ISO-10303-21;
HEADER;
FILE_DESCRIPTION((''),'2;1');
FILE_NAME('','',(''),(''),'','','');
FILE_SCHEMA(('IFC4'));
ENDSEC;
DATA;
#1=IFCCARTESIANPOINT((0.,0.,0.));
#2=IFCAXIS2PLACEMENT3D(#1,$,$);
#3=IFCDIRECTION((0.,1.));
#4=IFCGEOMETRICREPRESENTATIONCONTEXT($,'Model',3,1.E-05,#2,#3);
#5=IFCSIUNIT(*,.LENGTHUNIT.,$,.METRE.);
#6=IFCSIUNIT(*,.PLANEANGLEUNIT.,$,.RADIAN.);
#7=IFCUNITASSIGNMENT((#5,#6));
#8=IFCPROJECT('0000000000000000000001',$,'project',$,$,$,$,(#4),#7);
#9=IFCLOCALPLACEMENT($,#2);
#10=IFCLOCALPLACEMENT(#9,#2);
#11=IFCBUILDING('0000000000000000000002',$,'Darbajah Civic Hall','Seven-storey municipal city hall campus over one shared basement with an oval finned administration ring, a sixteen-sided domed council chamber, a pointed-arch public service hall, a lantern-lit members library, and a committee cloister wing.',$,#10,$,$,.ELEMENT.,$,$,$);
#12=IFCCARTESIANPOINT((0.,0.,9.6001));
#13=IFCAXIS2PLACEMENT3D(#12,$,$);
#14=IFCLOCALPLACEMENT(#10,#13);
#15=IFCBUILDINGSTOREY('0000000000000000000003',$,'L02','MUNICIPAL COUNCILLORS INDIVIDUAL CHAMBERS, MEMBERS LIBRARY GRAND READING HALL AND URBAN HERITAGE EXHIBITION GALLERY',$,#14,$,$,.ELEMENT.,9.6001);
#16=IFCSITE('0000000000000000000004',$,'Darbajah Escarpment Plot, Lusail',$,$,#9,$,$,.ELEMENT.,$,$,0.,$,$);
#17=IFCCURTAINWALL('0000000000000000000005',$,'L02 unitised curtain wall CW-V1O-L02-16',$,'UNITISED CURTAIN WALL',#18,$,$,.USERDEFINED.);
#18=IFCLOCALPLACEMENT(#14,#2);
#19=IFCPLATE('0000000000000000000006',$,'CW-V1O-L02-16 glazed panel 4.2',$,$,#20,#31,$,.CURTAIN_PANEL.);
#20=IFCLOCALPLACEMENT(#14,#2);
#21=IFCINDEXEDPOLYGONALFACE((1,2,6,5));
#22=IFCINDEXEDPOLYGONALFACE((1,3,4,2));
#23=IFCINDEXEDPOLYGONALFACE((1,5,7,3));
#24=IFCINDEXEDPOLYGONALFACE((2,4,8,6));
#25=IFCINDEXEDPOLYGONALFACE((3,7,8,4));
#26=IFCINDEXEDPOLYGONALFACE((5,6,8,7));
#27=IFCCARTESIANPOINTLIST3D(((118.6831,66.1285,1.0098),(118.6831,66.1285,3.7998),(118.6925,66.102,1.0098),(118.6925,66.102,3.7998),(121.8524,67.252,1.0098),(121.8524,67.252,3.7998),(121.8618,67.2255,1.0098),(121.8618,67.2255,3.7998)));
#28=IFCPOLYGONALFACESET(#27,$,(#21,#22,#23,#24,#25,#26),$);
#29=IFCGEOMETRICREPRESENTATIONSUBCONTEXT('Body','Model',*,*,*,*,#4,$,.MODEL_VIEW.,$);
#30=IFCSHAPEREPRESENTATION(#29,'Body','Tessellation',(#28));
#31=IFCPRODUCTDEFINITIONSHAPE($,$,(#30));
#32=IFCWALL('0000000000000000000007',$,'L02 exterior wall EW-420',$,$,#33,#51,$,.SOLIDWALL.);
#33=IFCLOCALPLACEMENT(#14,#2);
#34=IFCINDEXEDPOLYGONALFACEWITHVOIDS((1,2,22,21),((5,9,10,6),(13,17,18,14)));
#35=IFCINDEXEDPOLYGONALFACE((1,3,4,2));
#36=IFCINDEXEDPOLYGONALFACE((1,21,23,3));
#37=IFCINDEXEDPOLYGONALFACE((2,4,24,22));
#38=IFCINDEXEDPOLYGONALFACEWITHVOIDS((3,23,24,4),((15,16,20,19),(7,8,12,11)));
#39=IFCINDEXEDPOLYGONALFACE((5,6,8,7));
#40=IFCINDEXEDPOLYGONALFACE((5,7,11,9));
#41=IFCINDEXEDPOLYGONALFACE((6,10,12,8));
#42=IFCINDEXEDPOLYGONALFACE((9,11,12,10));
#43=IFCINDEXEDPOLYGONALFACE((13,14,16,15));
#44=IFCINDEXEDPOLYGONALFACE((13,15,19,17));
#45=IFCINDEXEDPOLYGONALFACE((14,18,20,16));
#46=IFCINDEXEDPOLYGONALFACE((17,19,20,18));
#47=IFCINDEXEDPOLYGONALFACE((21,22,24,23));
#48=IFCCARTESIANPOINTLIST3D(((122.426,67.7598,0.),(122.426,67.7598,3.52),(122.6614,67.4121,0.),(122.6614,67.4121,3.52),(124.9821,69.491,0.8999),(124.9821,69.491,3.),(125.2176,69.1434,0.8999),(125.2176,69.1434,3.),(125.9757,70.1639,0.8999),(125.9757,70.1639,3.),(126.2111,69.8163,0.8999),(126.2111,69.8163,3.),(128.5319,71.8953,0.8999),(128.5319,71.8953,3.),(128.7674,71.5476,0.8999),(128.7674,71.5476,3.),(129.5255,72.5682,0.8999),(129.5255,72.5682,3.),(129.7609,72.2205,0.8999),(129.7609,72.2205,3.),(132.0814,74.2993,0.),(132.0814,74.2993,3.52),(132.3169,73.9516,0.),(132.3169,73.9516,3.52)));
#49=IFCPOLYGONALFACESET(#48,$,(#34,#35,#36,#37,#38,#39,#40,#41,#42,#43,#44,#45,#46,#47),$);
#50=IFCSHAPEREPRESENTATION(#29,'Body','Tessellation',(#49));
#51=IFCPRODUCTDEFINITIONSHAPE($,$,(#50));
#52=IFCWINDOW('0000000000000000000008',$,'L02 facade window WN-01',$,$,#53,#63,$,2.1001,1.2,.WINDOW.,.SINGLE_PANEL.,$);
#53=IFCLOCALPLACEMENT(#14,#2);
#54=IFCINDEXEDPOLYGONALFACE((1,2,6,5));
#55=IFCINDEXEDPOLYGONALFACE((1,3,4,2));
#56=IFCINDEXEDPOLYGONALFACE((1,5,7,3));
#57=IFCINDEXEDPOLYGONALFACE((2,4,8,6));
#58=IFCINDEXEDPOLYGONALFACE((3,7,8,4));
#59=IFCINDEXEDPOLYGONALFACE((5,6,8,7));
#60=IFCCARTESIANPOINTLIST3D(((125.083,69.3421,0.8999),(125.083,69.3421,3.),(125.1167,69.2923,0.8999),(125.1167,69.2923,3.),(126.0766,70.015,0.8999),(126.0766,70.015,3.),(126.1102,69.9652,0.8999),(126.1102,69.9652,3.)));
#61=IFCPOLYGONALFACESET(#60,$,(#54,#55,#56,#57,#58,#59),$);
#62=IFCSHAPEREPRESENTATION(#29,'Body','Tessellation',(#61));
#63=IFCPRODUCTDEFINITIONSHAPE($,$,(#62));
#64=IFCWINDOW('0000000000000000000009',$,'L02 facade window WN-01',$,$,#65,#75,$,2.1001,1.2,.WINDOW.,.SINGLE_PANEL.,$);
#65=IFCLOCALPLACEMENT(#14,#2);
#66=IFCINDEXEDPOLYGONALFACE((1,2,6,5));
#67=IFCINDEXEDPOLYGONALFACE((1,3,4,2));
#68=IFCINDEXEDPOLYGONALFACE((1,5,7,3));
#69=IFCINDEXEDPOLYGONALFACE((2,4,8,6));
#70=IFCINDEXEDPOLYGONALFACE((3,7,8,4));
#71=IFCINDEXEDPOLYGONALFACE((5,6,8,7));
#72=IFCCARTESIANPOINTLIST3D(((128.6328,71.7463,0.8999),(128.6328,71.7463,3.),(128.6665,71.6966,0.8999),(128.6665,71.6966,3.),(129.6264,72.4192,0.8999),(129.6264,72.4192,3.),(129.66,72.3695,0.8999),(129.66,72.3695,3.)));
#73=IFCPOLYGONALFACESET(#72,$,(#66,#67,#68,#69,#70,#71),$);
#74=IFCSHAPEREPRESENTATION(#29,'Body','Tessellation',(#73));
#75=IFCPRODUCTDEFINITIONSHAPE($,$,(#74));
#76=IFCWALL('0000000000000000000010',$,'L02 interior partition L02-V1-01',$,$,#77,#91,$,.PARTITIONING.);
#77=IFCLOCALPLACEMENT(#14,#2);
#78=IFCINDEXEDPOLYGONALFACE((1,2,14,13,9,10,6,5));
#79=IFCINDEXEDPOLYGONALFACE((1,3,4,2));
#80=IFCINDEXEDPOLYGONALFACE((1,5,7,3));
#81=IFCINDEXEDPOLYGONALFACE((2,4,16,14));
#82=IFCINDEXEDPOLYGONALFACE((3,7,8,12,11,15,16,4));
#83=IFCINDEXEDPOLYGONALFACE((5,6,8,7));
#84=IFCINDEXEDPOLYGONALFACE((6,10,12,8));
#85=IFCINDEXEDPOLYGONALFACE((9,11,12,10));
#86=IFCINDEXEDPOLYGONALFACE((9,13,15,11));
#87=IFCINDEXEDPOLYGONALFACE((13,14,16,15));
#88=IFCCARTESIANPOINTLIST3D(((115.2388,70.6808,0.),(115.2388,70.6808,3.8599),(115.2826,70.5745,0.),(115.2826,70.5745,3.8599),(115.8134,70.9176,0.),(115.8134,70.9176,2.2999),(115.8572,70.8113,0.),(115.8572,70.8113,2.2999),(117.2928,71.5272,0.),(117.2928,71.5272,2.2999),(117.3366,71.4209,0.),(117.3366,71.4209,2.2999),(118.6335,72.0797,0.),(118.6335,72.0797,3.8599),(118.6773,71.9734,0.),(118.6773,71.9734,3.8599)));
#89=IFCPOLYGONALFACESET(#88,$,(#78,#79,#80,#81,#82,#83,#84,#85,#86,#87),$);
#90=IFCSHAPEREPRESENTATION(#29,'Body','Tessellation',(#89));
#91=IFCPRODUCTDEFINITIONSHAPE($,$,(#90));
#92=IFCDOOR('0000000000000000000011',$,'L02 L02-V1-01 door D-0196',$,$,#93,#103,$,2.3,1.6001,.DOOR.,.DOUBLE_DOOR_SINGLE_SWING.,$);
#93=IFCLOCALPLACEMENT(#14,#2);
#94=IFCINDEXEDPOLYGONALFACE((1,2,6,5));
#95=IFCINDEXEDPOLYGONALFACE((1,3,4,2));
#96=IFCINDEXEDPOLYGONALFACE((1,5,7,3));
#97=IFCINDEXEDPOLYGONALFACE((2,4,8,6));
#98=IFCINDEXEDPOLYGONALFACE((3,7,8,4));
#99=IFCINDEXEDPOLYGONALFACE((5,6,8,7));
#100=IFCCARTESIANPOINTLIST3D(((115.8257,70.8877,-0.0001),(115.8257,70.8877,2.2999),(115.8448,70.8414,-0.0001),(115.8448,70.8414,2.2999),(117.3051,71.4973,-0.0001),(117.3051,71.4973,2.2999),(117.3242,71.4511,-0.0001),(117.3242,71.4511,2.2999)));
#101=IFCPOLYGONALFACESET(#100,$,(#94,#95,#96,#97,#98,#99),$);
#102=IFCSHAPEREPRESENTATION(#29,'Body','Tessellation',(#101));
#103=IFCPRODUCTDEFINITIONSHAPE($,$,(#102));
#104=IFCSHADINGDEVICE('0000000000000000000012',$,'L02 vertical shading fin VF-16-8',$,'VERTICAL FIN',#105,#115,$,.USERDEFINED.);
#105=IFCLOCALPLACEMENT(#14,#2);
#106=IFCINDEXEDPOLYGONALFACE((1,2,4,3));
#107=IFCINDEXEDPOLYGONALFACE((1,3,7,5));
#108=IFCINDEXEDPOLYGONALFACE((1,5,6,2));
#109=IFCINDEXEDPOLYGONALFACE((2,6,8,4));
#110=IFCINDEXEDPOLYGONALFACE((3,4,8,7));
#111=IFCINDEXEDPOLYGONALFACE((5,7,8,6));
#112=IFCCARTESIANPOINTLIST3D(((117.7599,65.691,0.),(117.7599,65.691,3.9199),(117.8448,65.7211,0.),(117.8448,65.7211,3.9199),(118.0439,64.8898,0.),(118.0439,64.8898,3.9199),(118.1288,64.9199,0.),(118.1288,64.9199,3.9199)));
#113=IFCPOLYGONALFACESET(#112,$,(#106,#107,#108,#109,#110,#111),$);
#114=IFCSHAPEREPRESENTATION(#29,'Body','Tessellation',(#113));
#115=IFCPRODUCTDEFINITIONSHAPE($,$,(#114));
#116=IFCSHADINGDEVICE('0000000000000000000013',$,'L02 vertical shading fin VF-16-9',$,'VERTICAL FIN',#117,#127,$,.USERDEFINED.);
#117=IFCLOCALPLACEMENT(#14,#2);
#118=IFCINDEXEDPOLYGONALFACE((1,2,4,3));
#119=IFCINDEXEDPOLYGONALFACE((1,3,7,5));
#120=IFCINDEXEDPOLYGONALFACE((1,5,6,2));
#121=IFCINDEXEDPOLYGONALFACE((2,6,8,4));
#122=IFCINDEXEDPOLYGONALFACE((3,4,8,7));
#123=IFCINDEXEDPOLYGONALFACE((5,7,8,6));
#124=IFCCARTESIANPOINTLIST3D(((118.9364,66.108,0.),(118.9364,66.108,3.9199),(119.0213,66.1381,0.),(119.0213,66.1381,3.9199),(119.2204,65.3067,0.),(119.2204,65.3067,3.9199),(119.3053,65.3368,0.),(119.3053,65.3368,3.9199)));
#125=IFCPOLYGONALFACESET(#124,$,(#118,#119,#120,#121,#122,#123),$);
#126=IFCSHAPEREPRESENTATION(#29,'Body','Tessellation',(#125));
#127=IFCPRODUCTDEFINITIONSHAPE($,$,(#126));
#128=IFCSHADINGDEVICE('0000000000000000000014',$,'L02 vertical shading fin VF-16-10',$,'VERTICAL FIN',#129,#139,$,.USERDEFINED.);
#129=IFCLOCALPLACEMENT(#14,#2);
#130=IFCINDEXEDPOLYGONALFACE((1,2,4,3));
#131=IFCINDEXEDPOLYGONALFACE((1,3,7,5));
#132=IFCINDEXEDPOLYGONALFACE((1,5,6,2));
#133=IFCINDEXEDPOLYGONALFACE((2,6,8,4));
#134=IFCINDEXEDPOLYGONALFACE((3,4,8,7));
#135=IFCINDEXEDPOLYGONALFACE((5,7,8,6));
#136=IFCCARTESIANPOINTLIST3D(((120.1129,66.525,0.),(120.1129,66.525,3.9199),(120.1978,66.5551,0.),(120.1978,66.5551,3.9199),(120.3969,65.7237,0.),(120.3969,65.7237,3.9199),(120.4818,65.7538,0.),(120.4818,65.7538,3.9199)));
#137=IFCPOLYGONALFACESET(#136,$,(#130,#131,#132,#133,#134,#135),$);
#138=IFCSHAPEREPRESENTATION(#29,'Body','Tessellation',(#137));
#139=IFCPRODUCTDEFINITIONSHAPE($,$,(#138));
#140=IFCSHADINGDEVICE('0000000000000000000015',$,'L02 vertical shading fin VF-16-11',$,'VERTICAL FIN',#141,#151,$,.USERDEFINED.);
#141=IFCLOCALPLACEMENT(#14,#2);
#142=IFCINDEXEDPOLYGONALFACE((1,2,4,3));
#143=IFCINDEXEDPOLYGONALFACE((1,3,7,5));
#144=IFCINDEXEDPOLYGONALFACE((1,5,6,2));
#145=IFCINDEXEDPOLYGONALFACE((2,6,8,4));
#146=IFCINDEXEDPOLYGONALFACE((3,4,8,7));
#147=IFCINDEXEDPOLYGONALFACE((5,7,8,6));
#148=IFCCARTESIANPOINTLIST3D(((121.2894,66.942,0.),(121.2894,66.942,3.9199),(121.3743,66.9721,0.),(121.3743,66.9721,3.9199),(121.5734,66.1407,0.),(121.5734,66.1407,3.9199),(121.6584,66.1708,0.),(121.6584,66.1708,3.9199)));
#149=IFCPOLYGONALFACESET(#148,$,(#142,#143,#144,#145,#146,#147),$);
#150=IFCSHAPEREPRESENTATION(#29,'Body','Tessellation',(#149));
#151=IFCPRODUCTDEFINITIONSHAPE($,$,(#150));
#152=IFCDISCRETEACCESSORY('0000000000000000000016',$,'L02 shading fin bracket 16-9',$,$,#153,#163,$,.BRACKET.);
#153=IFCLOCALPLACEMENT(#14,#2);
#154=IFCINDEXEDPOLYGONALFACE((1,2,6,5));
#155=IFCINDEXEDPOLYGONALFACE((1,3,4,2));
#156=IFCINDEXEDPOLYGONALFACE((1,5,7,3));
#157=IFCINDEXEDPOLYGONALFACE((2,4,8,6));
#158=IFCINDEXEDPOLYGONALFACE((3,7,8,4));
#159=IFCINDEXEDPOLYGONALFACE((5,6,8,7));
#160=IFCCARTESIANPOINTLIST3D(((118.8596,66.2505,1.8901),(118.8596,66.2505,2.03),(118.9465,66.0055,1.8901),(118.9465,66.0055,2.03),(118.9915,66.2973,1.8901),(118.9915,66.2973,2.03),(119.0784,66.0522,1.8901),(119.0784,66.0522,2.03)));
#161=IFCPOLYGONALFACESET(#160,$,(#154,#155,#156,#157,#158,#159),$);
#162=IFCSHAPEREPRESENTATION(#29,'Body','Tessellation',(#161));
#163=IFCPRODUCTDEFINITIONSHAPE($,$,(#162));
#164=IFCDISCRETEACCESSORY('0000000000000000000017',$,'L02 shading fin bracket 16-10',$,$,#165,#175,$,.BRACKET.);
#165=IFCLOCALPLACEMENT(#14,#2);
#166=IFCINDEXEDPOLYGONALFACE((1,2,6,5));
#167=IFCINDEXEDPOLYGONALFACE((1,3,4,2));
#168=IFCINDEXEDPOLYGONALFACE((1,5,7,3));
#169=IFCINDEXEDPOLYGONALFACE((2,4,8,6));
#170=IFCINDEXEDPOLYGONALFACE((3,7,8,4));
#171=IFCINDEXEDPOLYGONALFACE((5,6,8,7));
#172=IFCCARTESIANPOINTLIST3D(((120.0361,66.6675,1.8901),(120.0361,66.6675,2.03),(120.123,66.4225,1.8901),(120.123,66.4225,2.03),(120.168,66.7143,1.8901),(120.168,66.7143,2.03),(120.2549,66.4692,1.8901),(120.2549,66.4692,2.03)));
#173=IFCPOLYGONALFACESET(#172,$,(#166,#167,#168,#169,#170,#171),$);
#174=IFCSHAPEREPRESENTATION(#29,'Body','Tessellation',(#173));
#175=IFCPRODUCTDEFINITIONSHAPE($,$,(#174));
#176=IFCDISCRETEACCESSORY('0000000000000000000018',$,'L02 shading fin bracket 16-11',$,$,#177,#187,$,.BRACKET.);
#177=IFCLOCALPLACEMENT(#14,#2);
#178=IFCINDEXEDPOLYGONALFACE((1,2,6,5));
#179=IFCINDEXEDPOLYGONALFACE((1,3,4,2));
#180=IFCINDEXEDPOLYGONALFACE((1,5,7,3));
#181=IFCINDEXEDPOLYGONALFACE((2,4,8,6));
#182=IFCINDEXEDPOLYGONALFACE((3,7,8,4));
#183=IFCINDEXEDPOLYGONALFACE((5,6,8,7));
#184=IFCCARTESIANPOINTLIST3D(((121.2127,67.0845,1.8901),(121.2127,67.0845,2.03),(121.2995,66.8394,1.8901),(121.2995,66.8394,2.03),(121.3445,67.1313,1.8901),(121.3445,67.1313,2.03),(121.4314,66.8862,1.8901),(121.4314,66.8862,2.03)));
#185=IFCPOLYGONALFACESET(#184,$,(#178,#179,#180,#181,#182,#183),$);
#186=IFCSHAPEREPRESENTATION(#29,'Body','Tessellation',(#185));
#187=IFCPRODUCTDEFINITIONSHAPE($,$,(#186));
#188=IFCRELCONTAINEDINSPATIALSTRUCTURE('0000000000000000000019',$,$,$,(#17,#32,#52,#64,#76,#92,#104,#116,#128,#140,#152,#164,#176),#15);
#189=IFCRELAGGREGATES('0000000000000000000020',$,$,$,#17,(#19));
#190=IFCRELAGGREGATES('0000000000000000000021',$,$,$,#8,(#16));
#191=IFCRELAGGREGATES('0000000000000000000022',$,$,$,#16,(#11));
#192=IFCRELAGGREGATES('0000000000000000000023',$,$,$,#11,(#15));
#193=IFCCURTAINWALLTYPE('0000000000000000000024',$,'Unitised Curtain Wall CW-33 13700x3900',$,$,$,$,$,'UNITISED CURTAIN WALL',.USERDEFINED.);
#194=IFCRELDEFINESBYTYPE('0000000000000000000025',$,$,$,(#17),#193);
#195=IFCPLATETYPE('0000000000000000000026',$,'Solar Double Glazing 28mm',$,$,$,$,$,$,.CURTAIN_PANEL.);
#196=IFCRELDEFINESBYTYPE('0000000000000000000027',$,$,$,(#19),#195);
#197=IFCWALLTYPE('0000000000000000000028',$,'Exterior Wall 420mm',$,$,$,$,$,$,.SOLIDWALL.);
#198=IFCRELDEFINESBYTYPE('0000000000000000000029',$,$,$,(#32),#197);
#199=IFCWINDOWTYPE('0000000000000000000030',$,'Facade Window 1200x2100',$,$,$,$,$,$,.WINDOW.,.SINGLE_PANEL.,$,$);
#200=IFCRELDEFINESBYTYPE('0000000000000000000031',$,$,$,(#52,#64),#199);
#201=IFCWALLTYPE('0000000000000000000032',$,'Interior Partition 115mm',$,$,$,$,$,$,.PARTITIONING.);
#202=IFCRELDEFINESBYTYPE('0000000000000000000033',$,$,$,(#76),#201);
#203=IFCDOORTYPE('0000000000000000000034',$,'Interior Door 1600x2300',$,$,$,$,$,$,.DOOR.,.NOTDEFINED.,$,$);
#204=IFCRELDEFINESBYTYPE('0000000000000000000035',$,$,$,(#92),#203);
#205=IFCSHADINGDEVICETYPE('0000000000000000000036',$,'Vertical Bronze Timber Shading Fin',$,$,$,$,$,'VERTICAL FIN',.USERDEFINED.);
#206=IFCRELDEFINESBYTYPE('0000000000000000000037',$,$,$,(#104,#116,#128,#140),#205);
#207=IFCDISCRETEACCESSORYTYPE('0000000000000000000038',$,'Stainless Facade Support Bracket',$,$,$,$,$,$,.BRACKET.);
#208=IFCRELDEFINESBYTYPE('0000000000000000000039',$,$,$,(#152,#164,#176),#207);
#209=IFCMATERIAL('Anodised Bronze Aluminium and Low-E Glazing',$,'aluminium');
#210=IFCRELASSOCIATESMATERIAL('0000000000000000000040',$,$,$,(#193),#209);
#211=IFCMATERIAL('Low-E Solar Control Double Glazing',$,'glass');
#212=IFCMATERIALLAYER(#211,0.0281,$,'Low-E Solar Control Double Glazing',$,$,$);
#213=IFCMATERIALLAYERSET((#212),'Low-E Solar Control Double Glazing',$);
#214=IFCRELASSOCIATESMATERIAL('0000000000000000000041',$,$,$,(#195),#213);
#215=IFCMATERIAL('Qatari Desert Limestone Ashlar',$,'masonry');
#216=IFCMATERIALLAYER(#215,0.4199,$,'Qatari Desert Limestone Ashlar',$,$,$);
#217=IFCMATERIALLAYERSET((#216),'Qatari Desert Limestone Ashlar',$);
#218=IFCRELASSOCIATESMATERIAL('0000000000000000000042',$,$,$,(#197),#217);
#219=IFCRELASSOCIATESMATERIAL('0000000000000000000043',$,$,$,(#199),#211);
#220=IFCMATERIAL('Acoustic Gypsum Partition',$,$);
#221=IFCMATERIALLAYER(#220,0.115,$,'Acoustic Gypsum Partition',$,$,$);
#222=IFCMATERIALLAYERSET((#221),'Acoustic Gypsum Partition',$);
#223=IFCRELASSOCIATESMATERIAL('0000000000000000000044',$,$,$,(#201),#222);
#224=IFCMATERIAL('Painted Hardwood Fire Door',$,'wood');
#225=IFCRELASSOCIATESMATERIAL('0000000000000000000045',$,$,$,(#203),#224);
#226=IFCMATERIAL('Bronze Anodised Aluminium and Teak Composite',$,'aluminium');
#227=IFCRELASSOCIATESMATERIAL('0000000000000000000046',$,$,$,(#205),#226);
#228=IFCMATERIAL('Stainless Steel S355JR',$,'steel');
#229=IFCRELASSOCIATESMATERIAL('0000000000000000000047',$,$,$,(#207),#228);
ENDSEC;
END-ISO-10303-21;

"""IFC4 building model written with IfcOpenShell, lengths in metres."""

from ifc_helpers import new_model, si_unit, direction, frame, frame_2d, origin, origin_2d, place, context, subcontext, project, spatial, rectangle, extrude, material, layer, layer_set, type_object, element, fill, aggregate, save


model = new_model("IFC4")

# Units and contexts
model_context = context("Model", 3, precision=1e-05, world=origin(), true_north=direction((0.0, 1.0)))
body_context = subcontext(model_context, "Body", "Model", "MODEL_VIEW")
ifc_project = project(units=[si_unit("LENGTHUNIT", "METRE"), si_unit("PLANEANGLEUNIT", "RADIAN")], contexts=[model_context])

# Site, building, storey
site_placement = place(None, origin())
site = spatial("IfcSite", under=ifc_project, at=site_placement, Name="Darbajah Escarpment Plot, Lusail", CompositionType="ELEMENT", RefElevation=0.0)
building_placement = place(site_placement, origin())
building = spatial("IfcBuilding", under=site, at=building_placement, Name="Darbajah Civic Hall", Description="Seven-storey municipal city hall campus over one shared basement with an oval finned administration ring, a sixteen-sided domed council chamber, a pointed-arch public service hall, a lantern-lit members library, and a committee cloister wing.", CompositionType="ELEMENT")
storey_placement = place(building_placement, frame((0.0, 0.0, 9.6001)))
storey = spatial("IfcBuildingStorey", under=building, at=storey_placement, Name="L02", Description="MUNICIPAL COUNCILLORS INDIVIDUAL CHAMBERS, MEMBERS LIBRARY GRAND READING HALL AND URBAN HERITAGE EXHIBITION GALLERY", CompositionType="ELEMENT", Elevation=9.6001)

# Curtain wall
ifc_material_1 = material(Name="Anodised Bronze Aluminium and Low-E Glazing", Category="aluminium")
curtain_wall_type = type_object("IfcCurtainWallType", Name="Unitised Curtain Wall CW-33 13700x3900", ElementType="UNITISED CURTAIN WALL", PredefinedType="USERDEFINED", material=ifc_material_1)
curtain_wall_placement = place(storey_placement, origin())
curtain_wall = element("IfcCurtainWall", 1, at=curtain_wall_placement, inside=storey, type_object=curtain_wall_type, Name="L02 unitised curtain wall CW-V1O-L02-16", ObjectType="UNITISED CURTAIN WALL", PredefinedType="USERDEFINED")

# Plate
ifc_material_2 = material(Name="Low-E Solar Control Double Glazing", Category="glass")
ifc_layer_1 = layer(ifc_material_2, 0.0281, Name="Low-E Solar Control Double Glazing")
ifc_layer_set_1 = layer_set([ifc_layer_1], Name="Low-E Solar Control Double Glazing")
plate_type = type_object("IfcPlateType", Name="Solar Double Glazing 28mm", PredefinedType="CURTAIN_PANEL", material=ifc_layer_set_1)
plate_1_placement = place(storey_placement, frame((120.2725, 66.677, 1.0098), z_axis=(0.0, 0.0, 1.0), x_axis=(0.942525, 0.334136, 0.0)))
plate_1 = element("IfcPlate", 2, at=plate_1_placement, type_object=plate_type, Name="CW-V1O-L02-16 glazed panel 4.2", PredefinedType="CURTAIN_PANEL", context=body_context, shape_type="SweptSolid", body=[
    extrude(rectangle(XDim=3.3625, YDim=0.0281, at=origin_2d()), origin(), (0.0, 0.0, 1.0), 2.79),
])
aggregate(curtain_wall, [plate_1])

# Wall, openings, windows
ifc_material_3 = material(Name="Qatari Desert Limestone Ashlar", Category="masonry")
ifc_layer_2 = layer(ifc_material_3, 0.4199, Name="Qatari Desert Limestone Ashlar")
ifc_layer_set_2 = layer_set([ifc_layer_2], Name="Qatari Desert Limestone Ashlar")
wall_type_1 = type_object("IfcWallType", Name="Exterior Wall 420mm", PredefinedType="SOLIDWALL", material=ifc_layer_set_2)
wall_1_placement = place(storey_placement, frame((122.5437, 67.5859, 0.0), z_axis=(0.0, 0.0, 1.0), x_axis=(0.82797, 0.560773, 0.0)))
wall_1 = element("IfcWall", 3, at=wall_1_placement, inside=storey, type_object=wall_type_1, Name="L02 exterior wall EW-420", PredefinedType="SOLIDWALL", context=body_context, shape_type="SweptSolid", body=[
    extrude(rectangle(XDim=11.6616, YDim=0.4199, at=frame_2d((5.8308, 0.0))), origin(), (0.0, 0.0, 1.0), 3.52),
])
opening_1_placement = place(wall_1_placement, frame((3.0872, 0.0, 0.8999)))
opening_1 = element("IfcOpeningElement", 4, at=opening_1_placement, cuts=wall_1, PredefinedType="OPENING", context=body_context, shape_type="SweptSolid", body=[
    extrude(rectangle(XDim=1.2, YDim=2.1001, at=frame_2d((0.6001, 1.05))), frame((0.0, 0.22, 0.0), z_axis=(0.0, -1.0, 0.0), x_axis=(1.0, 0.0, 0.0)), (0.0, 0.0, 1.0), 0.4399),
])
opening_2_placement = place(wall_1_placement, frame((7.3745, 0.0, 0.8999)))
opening_2 = element("IfcOpeningElement", 5, at=opening_2_placement, cuts=wall_1, PredefinedType="OPENING", context=body_context, shape_type="SweptSolid", body=[
    extrude(rectangle(XDim=1.2, YDim=2.1001, at=frame_2d((0.6001, 1.05))), frame((0.0, 0.22, 0.0), z_axis=(0.0, -1.0, 0.0), x_axis=(1.0, 0.0, 0.0)), (0.0, 0.0, 1.0), 0.4399),
])
window_type = type_object("IfcWindowType", Name="Facade Window 1200x2100", PartitioningType="SINGLE_PANEL", PredefinedType="WINDOW", material=ifc_material_2)
window_1_placement = place(opening_1_placement, origin())
window_1 = element("IfcWindow", 6, at=window_1_placement, inside=storey, type_object=window_type, Name="L02 facade window WN-01", OverallHeight=2.1001, OverallWidth=1.2, PartitioningType="SINGLE_PANEL", PredefinedType="WINDOW", context=body_context, shape_type="SweptSolid", body=[
    extrude(rectangle(XDim=1.2, YDim=2.1001, at=frame_2d((0.6001, 1.05))), frame((0.0, 0.03, 0.0), z_axis=(0.0, -1.0, 0.0), x_axis=(1.0, 0.0, 0.0)), (0.0, 0.0, 1.0), 0.0601),
])
fill(opening_1, window_1)
window_2_placement = place(opening_2_placement, origin())
window_2 = element("IfcWindow", 7, at=window_2_placement, inside=storey, type_object=window_type, Name="L02 facade window WN-01", OverallHeight=2.1001, OverallWidth=1.2, PartitioningType="SINGLE_PANEL", PredefinedType="WINDOW", context=body_context, shape_type="SweptSolid", body=[
    extrude(rectangle(XDim=1.2, YDim=2.1001, at=frame_2d((0.6001, 1.05))), frame((0.0, 0.03, 0.0), z_axis=(0.0, -1.0, 0.0), x_axis=(1.0, 0.0, 0.0)), (0.0, 0.0, 1.0), 0.0601),
])
fill(opening_2, window_2)

# Wall, opening, door
ifc_material_4 = material(Name="Acoustic Gypsum Partition")
ifc_layer_3 = layer(ifc_material_4, 0.115, Name="Acoustic Gypsum Partition")
ifc_layer_set_3 = layer_set([ifc_layer_3], Name="Acoustic Gypsum Partition")
wall_type_2 = type_object("IfcWallType", Name="Interior Partition 115mm", PredefinedType="PARTITIONING", material=ifc_layer_set_3)
wall_2_placement = place(storey_placement, frame((118.6555, 72.0266, 0.0), z_axis=(0.0, 0.0, 1.0), x_axis=(-0.924575, -0.381001, 0.0)))
wall_2 = element("IfcWall", 8, at=wall_2_placement, inside=storey, type_object=wall_type_2, Name="L02 interior partition L02-V1-01", PredefinedType="PARTITIONING", context=body_context, shape_type="SweptSolid", body=[
    extrude(rectangle(XDim=3.6716, YDim=0.115, at=frame_2d((1.8359, 0.0))), origin(), (0.0, 0.0, 1.0), 3.8599),
])
opening_3_placement = place(wall_2_placement, frame((1.4502, 0.0, 0.0)))
opening_3 = element("IfcOpeningElement", 9, at=opening_3_placement, cuts=wall_2, PredefinedType="OPENING", context=body_context, shape_type="SweptSolid", body=[
    extrude(rectangle(XDim=1.6001, YDim=2.3, at=frame_2d((0.8, 1.1499))), frame((0.0, 0.0674, 0.0), z_axis=(0.0, -1.0, 0.0), x_axis=(1.0, 0.0, 0.0)), (0.0, 0.0, 1.0), 0.135),
])
ifc_material_5 = material(Name="Painted Hardwood Fire Door", Category="wood")
door_type = type_object("IfcDoorType", Name="Interior Door 1600x2300", OperationType="NOTDEFINED", PredefinedType="DOOR", material=ifc_material_5)
door_placement = place(opening_3_placement, origin())
door = element("IfcDoor", 10, at=door_placement, inside=storey, type_object=door_type, Name="L02 L02-V1-01 door D-0196", OperationType="DOUBLE_DOOR_SINGLE_SWING", OverallHeight=2.3, OverallWidth=1.6001, PredefinedType="DOOR", context=body_context, shape_type="SweptSolid", body=[
    extrude(rectangle(XDim=1.6001, YDim=2.3, at=frame_2d((0.8, 1.1499))), frame((0.0, 0.0249, 0.0), z_axis=(0.0, -1.0, 0.0), x_axis=(1.0, 0.0, 0.0)), (0.0, 0.0, 1.0), 0.05),
])
fill(opening_3, door)

# Shading devices
ifc_material_6 = material(Name="Bronze Anodised Aluminium and Teak Composite", Category="aluminium")
shading_device_type = type_object("IfcShadingDeviceType", Name="Vertical Bronze Timber Shading Fin", ElementType="VERTICAL FIN", PredefinedType="USERDEFINED", material=ifc_material_6)
for number, where, z_axis, x_axis, name in (
    (11, (117.9443, 65.3054, 0.0), (0.0, 0.0, 1.0), (0.334136, -0.942525, 0.0), "L02 vertical shading fin VF-16-8"),
    (12, (119.1208, 65.7224, 0.0), (0.0, 0.0, 1.0), (0.334136, -0.942525, 0.0), "L02 vertical shading fin VF-16-9"),
    (13, (120.2974, 66.1394, 0.0), (0.0, 0.0, 1.0), (0.334136, -0.942525, 0.0), "L02 vertical shading fin VF-16-10"),
    (14, (121.4739, 66.5564, 0.0), (0.0, 0.0, 1.0), (0.334136, -0.942525, 0.0), "L02 vertical shading fin VF-16-11"),
):
    element("IfcShadingDevice", number, at=place(storey_placement, frame(where, z_axis=z_axis, x_axis=x_axis)), inside=storey, type_object=shading_device_type, Name=name, ObjectType="VERTICAL FIN", PredefinedType="USERDEFINED", context=body_context, shape_type="SweptSolid", body=[
        extrude(rectangle(XDim=0.8501, YDim=0.0901, at=origin_2d()), origin(), (0.0, 0.0, 1.0), 3.9199),
    ])

# Discrete accessories
ifc_material_7 = material(Name="Stainless Steel S355JR", Category="steel")
discrete_accessory_type = type_object("IfcDiscreteAccessoryType", Name="Stainless Facade Support Bracket", PredefinedType="BRACKET", material=ifc_material_7)
for number, where, z_axis, x_axis, name in (
    (15, (118.969, 66.1514, 1.8901), (0.0, 0.0, 1.0), (0.334136, -0.942525, 0.0), "L02 shading fin bracket 16-9"),
    (16, (120.1455, 66.5684, 1.8901), (0.0, 0.0, 1.0), (0.334136, -0.942525, 0.0), "L02 shading fin bracket 16-10"),
    (17, (121.322, 66.9854, 1.8901), (0.0, 0.0, 1.0), (0.334136, -0.942525, 0.0), "L02 shading fin bracket 16-11"),
):
    element("IfcDiscreteAccessory", number, at=place(storey_placement, frame(where, z_axis=z_axis, x_axis=x_axis)), inside=storey, type_object=discrete_accessory_type, Name=name, PredefinedType="BRACKET", context=body_context, shape_type="SweptSolid", body=[
        extrude(rectangle(XDim=0.26, YDim=0.1399, at=origin_2d()), origin(), (0.0, 0.0, 1.0), 0.1399),
    ])

save(model, "model.ifc")
